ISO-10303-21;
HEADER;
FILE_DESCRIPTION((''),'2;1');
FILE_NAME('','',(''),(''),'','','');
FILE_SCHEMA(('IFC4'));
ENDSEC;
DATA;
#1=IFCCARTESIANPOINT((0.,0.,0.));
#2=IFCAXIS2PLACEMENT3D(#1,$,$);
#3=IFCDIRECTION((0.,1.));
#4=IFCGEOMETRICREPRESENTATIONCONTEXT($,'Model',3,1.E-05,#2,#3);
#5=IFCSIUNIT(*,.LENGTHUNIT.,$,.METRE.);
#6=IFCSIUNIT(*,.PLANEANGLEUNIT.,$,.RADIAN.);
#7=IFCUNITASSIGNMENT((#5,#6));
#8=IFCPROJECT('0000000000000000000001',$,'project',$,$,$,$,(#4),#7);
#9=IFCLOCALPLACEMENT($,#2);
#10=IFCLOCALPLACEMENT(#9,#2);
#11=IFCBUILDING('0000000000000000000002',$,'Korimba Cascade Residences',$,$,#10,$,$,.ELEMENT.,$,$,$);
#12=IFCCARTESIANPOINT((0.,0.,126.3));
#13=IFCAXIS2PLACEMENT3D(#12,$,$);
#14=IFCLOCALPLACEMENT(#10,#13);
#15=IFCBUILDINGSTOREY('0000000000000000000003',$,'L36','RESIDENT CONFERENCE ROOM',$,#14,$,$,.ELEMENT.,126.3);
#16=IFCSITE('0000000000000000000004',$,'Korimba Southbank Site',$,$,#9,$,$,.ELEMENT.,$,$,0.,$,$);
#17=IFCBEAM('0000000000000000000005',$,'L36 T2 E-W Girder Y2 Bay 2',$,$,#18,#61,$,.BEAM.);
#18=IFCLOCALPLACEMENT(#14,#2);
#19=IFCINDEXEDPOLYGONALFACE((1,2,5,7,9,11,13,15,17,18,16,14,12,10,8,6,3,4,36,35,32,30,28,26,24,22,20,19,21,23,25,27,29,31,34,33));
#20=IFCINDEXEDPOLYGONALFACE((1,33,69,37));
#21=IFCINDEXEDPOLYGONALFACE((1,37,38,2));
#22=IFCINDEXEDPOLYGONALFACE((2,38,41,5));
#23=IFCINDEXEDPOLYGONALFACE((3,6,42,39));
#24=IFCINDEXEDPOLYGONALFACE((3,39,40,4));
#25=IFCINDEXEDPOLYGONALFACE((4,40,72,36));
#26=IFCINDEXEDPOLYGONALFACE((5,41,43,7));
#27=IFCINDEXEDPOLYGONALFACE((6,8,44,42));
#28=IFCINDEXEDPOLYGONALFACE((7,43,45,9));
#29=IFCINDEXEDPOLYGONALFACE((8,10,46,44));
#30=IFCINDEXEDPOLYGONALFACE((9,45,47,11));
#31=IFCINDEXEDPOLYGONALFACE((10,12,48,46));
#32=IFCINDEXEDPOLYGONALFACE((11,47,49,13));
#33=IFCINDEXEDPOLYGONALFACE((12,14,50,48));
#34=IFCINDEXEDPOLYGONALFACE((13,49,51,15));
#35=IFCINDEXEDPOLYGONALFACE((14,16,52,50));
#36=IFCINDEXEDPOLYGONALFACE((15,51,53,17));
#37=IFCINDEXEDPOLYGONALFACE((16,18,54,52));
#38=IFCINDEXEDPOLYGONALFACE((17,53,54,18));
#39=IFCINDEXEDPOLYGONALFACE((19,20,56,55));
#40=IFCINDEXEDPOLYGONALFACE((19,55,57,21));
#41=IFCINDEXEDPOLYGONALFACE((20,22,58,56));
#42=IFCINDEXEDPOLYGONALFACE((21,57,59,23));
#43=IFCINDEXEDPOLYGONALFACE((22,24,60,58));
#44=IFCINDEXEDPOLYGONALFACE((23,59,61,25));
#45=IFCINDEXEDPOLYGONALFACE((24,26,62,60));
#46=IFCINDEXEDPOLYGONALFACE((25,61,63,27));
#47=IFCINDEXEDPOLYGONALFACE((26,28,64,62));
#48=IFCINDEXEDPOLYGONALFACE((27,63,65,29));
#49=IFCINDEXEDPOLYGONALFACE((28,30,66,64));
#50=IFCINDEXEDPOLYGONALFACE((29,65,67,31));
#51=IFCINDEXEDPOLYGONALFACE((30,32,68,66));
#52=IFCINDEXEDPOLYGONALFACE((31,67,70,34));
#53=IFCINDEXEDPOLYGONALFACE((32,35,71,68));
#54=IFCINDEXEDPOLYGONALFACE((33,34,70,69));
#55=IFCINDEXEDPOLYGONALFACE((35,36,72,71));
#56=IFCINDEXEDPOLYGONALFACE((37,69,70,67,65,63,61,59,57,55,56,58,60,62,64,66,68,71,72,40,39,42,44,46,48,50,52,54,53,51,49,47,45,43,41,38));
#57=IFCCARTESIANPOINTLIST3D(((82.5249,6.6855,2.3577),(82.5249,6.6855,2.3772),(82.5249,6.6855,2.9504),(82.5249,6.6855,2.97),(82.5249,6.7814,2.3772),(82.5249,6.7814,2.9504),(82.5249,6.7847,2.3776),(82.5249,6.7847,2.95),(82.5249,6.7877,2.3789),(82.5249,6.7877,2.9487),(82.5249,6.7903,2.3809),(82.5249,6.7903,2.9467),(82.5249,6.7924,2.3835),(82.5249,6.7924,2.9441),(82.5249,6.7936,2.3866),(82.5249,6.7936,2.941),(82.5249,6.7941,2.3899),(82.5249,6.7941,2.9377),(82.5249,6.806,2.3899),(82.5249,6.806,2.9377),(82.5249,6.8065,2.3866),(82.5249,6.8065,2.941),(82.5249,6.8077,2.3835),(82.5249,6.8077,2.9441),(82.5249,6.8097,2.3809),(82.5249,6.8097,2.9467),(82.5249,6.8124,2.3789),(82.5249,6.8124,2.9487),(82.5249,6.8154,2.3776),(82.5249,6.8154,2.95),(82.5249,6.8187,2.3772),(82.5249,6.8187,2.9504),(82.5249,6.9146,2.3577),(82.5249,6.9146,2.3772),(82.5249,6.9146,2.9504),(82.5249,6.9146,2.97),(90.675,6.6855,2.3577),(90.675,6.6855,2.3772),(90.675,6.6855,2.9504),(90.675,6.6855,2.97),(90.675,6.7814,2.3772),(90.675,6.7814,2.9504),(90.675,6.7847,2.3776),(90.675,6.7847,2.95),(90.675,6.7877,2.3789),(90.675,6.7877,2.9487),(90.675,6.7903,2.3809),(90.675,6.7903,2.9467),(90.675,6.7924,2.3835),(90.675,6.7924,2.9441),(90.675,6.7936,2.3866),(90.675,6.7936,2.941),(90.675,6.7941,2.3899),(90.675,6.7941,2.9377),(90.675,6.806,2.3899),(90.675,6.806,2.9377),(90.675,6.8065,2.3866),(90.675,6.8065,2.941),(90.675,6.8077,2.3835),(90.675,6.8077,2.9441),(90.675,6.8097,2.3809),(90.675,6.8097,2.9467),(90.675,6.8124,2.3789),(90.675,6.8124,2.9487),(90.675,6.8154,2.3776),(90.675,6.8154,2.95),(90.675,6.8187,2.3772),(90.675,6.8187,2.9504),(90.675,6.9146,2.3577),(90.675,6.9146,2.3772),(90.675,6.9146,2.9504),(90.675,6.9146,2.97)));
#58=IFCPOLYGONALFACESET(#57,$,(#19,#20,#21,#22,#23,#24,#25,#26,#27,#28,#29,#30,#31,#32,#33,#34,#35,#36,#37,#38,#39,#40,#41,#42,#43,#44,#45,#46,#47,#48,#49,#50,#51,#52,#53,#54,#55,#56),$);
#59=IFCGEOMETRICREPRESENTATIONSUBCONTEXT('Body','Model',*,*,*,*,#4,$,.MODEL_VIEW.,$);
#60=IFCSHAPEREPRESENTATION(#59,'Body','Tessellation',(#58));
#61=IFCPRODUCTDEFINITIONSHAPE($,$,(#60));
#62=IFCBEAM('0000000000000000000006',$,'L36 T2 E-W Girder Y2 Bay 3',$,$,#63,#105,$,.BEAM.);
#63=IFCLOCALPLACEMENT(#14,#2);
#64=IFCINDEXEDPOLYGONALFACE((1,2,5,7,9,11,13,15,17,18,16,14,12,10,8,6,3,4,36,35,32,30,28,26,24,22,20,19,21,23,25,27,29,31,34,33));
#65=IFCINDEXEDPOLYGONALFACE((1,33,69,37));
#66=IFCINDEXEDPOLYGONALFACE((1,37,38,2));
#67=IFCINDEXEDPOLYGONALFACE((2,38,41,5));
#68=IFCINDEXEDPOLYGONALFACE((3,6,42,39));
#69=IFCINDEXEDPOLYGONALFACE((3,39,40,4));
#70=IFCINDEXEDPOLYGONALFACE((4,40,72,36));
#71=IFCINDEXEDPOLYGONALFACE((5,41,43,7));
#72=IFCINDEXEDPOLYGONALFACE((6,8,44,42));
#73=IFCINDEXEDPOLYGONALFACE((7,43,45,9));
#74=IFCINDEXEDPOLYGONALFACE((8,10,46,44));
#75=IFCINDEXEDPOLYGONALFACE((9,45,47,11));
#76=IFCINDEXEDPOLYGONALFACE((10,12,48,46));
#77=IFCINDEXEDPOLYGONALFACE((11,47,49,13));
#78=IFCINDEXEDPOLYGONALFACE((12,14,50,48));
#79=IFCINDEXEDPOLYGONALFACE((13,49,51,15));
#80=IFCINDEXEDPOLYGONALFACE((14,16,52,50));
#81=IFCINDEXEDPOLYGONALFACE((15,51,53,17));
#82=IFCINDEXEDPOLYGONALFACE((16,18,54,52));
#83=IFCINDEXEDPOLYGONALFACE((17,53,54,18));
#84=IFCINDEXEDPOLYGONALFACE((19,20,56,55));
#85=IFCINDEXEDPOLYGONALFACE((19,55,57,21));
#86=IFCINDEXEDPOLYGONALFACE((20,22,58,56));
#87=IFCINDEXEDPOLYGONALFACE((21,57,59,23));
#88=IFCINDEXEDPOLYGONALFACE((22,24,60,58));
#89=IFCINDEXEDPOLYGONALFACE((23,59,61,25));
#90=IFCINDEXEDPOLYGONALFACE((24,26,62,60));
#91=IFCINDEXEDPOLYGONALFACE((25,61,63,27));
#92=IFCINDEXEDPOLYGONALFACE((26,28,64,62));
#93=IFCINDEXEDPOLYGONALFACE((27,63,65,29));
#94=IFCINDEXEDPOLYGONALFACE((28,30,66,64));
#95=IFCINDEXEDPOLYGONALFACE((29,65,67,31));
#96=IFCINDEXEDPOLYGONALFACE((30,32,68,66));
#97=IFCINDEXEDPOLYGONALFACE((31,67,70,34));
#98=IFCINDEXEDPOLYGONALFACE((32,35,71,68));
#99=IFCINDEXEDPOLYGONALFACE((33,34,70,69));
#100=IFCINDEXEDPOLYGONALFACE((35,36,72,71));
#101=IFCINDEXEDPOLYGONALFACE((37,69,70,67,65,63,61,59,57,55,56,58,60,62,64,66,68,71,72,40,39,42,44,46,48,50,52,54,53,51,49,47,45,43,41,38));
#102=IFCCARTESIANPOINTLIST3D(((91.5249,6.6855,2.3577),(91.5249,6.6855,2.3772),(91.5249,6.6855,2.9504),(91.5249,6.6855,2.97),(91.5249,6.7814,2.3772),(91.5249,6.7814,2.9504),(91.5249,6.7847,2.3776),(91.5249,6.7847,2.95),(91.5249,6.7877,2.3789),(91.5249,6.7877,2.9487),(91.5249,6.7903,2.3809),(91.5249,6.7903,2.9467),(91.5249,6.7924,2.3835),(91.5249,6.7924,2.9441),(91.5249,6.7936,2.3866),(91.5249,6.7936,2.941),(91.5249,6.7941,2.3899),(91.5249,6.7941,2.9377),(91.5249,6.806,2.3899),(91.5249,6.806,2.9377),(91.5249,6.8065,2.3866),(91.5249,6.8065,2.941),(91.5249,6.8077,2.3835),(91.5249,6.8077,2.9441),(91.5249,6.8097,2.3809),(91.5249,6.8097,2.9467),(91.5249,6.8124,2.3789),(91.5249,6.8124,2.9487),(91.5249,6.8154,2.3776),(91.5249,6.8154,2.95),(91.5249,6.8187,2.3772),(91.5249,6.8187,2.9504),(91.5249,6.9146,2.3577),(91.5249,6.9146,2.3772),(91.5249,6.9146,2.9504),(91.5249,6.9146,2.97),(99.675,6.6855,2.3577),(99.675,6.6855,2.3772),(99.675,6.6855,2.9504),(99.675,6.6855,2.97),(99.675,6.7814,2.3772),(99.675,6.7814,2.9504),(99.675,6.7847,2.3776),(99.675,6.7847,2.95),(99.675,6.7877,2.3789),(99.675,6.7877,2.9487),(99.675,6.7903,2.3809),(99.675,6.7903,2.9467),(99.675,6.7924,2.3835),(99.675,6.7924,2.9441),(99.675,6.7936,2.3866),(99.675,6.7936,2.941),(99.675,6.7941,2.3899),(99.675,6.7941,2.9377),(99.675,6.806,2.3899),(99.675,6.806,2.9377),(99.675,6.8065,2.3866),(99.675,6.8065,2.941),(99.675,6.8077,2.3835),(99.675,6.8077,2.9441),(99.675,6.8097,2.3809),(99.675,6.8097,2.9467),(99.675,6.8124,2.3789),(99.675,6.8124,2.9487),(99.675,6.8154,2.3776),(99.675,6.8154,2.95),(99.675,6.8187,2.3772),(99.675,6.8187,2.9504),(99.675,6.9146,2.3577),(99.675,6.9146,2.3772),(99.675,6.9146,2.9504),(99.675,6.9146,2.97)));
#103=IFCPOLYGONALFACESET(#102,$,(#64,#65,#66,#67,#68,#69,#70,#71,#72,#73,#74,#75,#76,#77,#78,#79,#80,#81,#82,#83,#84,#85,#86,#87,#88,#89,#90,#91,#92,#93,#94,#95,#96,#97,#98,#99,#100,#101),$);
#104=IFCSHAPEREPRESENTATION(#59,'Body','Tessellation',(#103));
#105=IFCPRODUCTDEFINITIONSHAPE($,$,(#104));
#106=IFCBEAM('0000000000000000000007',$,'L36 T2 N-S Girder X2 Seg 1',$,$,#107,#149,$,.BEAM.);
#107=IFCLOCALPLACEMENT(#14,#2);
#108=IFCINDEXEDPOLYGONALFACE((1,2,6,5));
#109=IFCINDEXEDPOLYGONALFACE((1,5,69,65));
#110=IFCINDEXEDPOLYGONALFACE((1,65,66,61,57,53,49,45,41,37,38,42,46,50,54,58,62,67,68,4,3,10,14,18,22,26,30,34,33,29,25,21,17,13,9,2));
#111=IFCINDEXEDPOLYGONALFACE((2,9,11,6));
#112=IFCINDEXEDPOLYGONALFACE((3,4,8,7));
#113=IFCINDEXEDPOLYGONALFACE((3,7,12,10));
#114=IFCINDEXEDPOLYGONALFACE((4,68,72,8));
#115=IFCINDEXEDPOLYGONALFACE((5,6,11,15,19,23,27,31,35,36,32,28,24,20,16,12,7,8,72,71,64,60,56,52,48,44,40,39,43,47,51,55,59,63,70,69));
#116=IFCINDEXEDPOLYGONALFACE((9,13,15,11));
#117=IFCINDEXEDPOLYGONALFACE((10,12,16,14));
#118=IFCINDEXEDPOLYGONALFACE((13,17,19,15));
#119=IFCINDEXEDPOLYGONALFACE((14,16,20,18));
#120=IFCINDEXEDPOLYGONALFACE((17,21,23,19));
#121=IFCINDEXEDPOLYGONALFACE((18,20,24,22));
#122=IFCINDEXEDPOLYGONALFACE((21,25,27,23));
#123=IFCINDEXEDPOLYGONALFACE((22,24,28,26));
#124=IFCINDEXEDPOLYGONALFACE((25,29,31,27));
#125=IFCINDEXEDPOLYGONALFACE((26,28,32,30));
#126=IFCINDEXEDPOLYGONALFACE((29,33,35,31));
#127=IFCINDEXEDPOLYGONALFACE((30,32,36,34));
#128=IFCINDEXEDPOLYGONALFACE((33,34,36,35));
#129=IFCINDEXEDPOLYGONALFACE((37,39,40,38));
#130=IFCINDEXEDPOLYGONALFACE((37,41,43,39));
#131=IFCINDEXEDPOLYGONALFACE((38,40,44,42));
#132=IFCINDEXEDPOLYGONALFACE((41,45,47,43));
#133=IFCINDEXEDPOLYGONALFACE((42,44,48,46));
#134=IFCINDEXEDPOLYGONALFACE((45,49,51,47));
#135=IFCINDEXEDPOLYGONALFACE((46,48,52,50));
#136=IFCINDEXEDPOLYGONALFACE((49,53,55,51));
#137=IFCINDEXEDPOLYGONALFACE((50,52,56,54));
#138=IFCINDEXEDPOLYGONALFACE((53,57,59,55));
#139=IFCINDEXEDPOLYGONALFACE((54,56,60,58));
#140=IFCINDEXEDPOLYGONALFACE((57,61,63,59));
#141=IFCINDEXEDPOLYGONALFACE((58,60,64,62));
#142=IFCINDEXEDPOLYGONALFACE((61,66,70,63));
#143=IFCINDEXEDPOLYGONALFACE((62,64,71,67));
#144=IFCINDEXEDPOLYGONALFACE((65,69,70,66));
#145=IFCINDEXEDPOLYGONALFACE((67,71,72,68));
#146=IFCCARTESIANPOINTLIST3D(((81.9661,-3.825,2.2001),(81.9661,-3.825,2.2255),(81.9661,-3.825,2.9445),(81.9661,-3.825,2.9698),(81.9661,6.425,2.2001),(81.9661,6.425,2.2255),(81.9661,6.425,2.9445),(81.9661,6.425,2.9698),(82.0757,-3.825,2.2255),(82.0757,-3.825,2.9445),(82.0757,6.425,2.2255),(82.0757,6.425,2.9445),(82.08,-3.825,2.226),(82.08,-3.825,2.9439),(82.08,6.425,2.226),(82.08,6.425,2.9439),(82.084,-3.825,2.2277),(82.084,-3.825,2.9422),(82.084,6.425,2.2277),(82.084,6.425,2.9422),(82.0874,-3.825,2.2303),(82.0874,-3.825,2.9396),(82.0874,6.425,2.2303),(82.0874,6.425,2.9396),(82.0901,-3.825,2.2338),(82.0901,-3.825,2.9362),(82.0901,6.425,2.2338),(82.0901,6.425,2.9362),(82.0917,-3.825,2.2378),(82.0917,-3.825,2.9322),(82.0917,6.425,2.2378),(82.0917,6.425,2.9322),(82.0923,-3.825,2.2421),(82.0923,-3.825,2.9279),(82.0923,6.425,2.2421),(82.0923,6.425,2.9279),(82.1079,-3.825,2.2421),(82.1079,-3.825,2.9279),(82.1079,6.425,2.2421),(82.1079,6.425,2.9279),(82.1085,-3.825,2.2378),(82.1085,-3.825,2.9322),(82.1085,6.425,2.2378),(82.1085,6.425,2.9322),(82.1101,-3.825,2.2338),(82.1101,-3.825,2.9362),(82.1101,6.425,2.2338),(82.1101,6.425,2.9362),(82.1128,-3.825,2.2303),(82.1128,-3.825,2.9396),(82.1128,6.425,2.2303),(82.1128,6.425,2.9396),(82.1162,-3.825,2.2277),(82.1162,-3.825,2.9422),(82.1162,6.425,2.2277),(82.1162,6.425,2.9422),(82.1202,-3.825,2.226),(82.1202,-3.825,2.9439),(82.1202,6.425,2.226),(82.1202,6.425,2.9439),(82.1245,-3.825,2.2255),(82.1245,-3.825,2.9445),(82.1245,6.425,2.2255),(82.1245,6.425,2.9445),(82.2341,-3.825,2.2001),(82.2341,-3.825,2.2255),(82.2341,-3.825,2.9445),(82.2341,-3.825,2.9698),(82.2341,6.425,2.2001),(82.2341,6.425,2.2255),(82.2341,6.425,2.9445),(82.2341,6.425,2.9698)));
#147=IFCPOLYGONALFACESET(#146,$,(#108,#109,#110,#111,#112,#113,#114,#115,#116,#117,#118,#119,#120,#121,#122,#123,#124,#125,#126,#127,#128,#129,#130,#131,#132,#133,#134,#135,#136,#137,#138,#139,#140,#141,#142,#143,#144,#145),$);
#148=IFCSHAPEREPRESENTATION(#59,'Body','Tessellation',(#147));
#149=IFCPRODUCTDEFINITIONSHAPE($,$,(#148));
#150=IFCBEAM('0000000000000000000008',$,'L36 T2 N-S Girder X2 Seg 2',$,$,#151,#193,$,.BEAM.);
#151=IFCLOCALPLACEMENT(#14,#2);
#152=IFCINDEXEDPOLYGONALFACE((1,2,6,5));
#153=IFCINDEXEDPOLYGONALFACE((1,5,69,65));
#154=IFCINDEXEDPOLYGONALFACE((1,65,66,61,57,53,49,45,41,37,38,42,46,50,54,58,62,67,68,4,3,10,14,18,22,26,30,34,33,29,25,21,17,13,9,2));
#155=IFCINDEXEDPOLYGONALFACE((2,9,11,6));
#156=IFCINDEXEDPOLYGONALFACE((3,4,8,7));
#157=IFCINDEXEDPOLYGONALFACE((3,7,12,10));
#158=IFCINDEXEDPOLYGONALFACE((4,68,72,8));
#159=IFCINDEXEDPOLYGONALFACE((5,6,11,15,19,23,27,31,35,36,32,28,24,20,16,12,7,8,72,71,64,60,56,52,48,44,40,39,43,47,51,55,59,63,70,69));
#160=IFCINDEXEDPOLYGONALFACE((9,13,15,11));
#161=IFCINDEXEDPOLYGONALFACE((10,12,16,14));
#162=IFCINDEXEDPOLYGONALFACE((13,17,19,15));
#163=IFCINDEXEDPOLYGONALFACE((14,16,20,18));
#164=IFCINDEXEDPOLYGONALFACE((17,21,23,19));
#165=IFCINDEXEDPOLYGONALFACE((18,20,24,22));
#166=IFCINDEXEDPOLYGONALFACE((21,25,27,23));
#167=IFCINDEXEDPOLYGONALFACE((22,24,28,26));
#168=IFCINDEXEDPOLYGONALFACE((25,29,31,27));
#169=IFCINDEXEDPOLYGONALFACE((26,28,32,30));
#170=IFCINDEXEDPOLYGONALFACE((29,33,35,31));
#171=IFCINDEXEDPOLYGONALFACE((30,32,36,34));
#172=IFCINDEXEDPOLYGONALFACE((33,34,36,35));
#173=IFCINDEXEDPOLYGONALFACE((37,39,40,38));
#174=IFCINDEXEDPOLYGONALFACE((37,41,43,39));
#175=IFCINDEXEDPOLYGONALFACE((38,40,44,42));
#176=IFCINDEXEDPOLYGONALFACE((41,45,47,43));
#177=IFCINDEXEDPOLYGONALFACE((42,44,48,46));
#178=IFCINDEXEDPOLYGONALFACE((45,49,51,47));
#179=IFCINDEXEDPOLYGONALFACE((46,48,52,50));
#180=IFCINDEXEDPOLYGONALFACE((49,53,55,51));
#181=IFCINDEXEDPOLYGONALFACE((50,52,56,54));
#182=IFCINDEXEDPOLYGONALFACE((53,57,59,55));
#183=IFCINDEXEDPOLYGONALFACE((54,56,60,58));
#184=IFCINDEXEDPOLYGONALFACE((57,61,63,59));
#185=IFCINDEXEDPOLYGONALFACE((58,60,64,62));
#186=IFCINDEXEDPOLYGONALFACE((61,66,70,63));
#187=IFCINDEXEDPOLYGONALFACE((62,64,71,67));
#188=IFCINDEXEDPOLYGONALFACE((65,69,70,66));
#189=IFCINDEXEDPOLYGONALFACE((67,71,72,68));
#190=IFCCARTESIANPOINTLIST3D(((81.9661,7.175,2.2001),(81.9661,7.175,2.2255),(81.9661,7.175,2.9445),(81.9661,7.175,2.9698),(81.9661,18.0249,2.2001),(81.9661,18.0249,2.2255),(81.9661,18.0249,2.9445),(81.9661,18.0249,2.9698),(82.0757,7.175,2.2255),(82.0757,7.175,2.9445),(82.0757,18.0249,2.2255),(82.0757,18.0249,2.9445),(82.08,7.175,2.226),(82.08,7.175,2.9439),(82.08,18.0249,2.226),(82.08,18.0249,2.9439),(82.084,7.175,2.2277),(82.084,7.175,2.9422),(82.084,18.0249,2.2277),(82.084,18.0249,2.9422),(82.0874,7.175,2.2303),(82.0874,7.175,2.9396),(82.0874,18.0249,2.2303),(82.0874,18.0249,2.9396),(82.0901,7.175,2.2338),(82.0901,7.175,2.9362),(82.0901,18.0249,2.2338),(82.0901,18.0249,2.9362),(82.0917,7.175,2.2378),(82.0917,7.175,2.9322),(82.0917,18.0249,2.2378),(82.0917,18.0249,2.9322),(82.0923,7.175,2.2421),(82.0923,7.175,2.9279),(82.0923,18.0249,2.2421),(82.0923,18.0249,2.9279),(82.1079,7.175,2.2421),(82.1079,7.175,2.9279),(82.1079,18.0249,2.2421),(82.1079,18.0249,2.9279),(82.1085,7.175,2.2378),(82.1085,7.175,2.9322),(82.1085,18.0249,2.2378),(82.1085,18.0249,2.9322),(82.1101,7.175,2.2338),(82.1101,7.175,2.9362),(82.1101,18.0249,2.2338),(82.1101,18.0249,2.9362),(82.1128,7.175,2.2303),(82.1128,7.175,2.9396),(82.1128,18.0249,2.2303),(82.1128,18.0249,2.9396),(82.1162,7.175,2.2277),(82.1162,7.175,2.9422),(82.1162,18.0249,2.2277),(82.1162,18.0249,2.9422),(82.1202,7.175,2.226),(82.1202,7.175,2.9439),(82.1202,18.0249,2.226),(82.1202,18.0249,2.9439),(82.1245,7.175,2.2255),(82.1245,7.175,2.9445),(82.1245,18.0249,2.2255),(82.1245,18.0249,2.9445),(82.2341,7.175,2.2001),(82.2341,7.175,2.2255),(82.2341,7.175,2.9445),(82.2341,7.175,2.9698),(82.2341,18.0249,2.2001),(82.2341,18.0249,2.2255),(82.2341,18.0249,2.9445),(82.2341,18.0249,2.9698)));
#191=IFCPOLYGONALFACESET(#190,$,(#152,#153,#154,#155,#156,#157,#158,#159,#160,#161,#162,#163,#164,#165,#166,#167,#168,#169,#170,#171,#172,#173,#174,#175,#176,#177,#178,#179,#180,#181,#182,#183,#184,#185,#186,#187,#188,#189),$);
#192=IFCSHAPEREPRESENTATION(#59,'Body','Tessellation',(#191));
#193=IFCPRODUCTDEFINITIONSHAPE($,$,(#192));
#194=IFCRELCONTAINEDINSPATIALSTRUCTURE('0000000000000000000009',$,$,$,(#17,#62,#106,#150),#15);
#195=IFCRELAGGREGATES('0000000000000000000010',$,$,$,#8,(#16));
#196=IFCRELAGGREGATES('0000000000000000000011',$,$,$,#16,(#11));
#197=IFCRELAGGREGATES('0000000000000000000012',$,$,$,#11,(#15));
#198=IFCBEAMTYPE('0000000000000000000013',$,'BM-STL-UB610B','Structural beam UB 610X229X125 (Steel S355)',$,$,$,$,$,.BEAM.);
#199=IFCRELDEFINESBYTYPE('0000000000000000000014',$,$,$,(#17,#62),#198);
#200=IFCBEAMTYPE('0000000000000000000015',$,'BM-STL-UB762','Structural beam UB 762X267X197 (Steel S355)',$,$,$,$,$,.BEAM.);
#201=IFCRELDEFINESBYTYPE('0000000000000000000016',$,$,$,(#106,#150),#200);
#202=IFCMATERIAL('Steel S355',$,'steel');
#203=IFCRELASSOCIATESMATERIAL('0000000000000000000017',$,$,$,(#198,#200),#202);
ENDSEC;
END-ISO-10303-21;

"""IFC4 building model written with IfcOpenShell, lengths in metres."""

from ifc_helpers import new_model, si_unit, direction, frame, origin, origin_2d, place, context, subcontext, project, spatial, i_section, extrude, material, material_profile, profile_set, type_object, element, save


model = new_model("IFC4")

# Units and contexts
model_context = context("Model", 3, precision=1e-05, world=origin(), true_north=direction((0.0, 1.0)))
body_context = subcontext(model_context, "Body", "Model", "MODEL_VIEW")
ifc_project = project(units=[si_unit("LENGTHUNIT", "METRE"), si_unit("PLANEANGLEUNIT", "RADIAN")], contexts=[model_context])

# Site, building, storey
site_placement = place(None, origin())
site = spatial("IfcSite", under=ifc_project, at=site_placement, Name="Korimba Southbank Site", CompositionType="ELEMENT", RefElevation=0.0)
building_placement = place(site_placement, origin())
building = spatial("IfcBuilding", under=site, at=building_placement, Name="Korimba Cascade Residences", CompositionType="ELEMENT")
storey_placement = place(building_placement, frame((0.0, 0.0, 126.3)))
storey = spatial("IfcBuildingStorey", under=building, at=storey_placement, Name="L36", Description="RESIDENT CONFERENCE ROOM", CompositionType="ELEMENT", Elevation=126.3)

# Beams
ifc_material_1 = material(Name="Steel S355", Category="steel")
ifc_material_profile_1 = material_profile(ifc_material_1, i_section(OverallWidth=0.229, OverallDepth=0.6123, WebThickness=0.012, FlangeThickness=0.0195, FilletRadius=0.0127, at=origin_2d()), Name="Steel S355")
ifc_profile_set_1 = profile_set([ifc_material_profile_1], Name="Steel S355")
beam_type_1 = type_object("IfcBeamType", Name="BM-STL-UB610B", Description="Structural beam UB 610X229X125 (Steel S355)", PredefinedType="BEAM", material=ifc_profile_set_1)
for number, where, z_axis, x_axis, name in (
    (1, (82.5249, 6.8, 2.6638), (1.0, 0.0, 0.0), (0.0, 1.0, 0.0), "L36 T2 E-W Girder Y2 Bay 2"),
    (2, (91.5249, 6.8, 2.6638), (1.0, 0.0, 0.0), (0.0, 1.0, 0.0), "L36 T2 E-W Girder Y2 Bay 3"),
):
    element("IfcBeam", number, at=place(storey_placement, frame(where, z_axis=z_axis, x_axis=x_axis)), inside=storey, type_object=beam_type_1, Name=name, PredefinedType="BEAM", context=body_context, shape_type="SweptSolid", body=[
        extrude(i_section(OverallWidth=0.229, OverallDepth=0.6123, WebThickness=0.012, FlangeThickness=0.0195, FilletRadius=0.0127, at=origin_2d()), origin(), (0.0, 0.0, 1.0), 8.1501),
    ])
ifc_material_profile_2 = material_profile(ifc_material_1, i_section(OverallWidth=0.2681, OverallDepth=0.7698, WebThickness=0.0156, FlangeThickness=0.0254, FilletRadius=0.0166, at=origin_2d()), Name="Steel S355")
ifc_profile_set_2 = profile_set([ifc_material_profile_2], Name="Steel S355")
beam_type_2 = type_object("IfcBeamType", Name="BM-STL-UB762", Description="Structural beam UB 762X267X197 (Steel S355)", PredefinedType="BEAM", material=ifc_profile_set_2)
beam_1_placement = place(storey_placement, frame((82.1001, -3.825, 2.585), z_axis=(0.0, 1.0, 0.0), x_axis=(-1.0, 0.0, 0.0)))
element("IfcBeam", 3, at=beam_1_placement, inside=storey, type_object=beam_type_2, Name="L36 T2 N-S Girder X2 Seg 1", PredefinedType="BEAM", context=body_context, shape_type="SweptSolid", body=[
    extrude(i_section(OverallWidth=0.2681, OverallDepth=0.7698, WebThickness=0.0156, FlangeThickness=0.0254, FilletRadius=0.0166, at=origin_2d()), origin(), (0.0, 0.0, 1.0), 10.25),
])
beam_2_placement = place(storey_placement, frame((82.1001, 7.175, 2.585), z_axis=(0.0, 1.0, 0.0), x_axis=(-1.0, 0.0, 0.0)))
element("IfcBeam", 4, at=beam_2_placement, inside=storey, type_object=beam_type_2, Name="L36 T2 N-S Girder X2 Seg 2", PredefinedType="BEAM", context=body_context, shape_type="SweptSolid", body=[
    extrude(i_section(OverallWidth=0.2681, OverallDepth=0.7698, WebThickness=0.0156, FlangeThickness=0.0254, FilletRadius=0.0166, at=origin_2d()), origin(), (0.0, 0.0, 1.0), 10.8499),
])

save(model, "model.ifc")
